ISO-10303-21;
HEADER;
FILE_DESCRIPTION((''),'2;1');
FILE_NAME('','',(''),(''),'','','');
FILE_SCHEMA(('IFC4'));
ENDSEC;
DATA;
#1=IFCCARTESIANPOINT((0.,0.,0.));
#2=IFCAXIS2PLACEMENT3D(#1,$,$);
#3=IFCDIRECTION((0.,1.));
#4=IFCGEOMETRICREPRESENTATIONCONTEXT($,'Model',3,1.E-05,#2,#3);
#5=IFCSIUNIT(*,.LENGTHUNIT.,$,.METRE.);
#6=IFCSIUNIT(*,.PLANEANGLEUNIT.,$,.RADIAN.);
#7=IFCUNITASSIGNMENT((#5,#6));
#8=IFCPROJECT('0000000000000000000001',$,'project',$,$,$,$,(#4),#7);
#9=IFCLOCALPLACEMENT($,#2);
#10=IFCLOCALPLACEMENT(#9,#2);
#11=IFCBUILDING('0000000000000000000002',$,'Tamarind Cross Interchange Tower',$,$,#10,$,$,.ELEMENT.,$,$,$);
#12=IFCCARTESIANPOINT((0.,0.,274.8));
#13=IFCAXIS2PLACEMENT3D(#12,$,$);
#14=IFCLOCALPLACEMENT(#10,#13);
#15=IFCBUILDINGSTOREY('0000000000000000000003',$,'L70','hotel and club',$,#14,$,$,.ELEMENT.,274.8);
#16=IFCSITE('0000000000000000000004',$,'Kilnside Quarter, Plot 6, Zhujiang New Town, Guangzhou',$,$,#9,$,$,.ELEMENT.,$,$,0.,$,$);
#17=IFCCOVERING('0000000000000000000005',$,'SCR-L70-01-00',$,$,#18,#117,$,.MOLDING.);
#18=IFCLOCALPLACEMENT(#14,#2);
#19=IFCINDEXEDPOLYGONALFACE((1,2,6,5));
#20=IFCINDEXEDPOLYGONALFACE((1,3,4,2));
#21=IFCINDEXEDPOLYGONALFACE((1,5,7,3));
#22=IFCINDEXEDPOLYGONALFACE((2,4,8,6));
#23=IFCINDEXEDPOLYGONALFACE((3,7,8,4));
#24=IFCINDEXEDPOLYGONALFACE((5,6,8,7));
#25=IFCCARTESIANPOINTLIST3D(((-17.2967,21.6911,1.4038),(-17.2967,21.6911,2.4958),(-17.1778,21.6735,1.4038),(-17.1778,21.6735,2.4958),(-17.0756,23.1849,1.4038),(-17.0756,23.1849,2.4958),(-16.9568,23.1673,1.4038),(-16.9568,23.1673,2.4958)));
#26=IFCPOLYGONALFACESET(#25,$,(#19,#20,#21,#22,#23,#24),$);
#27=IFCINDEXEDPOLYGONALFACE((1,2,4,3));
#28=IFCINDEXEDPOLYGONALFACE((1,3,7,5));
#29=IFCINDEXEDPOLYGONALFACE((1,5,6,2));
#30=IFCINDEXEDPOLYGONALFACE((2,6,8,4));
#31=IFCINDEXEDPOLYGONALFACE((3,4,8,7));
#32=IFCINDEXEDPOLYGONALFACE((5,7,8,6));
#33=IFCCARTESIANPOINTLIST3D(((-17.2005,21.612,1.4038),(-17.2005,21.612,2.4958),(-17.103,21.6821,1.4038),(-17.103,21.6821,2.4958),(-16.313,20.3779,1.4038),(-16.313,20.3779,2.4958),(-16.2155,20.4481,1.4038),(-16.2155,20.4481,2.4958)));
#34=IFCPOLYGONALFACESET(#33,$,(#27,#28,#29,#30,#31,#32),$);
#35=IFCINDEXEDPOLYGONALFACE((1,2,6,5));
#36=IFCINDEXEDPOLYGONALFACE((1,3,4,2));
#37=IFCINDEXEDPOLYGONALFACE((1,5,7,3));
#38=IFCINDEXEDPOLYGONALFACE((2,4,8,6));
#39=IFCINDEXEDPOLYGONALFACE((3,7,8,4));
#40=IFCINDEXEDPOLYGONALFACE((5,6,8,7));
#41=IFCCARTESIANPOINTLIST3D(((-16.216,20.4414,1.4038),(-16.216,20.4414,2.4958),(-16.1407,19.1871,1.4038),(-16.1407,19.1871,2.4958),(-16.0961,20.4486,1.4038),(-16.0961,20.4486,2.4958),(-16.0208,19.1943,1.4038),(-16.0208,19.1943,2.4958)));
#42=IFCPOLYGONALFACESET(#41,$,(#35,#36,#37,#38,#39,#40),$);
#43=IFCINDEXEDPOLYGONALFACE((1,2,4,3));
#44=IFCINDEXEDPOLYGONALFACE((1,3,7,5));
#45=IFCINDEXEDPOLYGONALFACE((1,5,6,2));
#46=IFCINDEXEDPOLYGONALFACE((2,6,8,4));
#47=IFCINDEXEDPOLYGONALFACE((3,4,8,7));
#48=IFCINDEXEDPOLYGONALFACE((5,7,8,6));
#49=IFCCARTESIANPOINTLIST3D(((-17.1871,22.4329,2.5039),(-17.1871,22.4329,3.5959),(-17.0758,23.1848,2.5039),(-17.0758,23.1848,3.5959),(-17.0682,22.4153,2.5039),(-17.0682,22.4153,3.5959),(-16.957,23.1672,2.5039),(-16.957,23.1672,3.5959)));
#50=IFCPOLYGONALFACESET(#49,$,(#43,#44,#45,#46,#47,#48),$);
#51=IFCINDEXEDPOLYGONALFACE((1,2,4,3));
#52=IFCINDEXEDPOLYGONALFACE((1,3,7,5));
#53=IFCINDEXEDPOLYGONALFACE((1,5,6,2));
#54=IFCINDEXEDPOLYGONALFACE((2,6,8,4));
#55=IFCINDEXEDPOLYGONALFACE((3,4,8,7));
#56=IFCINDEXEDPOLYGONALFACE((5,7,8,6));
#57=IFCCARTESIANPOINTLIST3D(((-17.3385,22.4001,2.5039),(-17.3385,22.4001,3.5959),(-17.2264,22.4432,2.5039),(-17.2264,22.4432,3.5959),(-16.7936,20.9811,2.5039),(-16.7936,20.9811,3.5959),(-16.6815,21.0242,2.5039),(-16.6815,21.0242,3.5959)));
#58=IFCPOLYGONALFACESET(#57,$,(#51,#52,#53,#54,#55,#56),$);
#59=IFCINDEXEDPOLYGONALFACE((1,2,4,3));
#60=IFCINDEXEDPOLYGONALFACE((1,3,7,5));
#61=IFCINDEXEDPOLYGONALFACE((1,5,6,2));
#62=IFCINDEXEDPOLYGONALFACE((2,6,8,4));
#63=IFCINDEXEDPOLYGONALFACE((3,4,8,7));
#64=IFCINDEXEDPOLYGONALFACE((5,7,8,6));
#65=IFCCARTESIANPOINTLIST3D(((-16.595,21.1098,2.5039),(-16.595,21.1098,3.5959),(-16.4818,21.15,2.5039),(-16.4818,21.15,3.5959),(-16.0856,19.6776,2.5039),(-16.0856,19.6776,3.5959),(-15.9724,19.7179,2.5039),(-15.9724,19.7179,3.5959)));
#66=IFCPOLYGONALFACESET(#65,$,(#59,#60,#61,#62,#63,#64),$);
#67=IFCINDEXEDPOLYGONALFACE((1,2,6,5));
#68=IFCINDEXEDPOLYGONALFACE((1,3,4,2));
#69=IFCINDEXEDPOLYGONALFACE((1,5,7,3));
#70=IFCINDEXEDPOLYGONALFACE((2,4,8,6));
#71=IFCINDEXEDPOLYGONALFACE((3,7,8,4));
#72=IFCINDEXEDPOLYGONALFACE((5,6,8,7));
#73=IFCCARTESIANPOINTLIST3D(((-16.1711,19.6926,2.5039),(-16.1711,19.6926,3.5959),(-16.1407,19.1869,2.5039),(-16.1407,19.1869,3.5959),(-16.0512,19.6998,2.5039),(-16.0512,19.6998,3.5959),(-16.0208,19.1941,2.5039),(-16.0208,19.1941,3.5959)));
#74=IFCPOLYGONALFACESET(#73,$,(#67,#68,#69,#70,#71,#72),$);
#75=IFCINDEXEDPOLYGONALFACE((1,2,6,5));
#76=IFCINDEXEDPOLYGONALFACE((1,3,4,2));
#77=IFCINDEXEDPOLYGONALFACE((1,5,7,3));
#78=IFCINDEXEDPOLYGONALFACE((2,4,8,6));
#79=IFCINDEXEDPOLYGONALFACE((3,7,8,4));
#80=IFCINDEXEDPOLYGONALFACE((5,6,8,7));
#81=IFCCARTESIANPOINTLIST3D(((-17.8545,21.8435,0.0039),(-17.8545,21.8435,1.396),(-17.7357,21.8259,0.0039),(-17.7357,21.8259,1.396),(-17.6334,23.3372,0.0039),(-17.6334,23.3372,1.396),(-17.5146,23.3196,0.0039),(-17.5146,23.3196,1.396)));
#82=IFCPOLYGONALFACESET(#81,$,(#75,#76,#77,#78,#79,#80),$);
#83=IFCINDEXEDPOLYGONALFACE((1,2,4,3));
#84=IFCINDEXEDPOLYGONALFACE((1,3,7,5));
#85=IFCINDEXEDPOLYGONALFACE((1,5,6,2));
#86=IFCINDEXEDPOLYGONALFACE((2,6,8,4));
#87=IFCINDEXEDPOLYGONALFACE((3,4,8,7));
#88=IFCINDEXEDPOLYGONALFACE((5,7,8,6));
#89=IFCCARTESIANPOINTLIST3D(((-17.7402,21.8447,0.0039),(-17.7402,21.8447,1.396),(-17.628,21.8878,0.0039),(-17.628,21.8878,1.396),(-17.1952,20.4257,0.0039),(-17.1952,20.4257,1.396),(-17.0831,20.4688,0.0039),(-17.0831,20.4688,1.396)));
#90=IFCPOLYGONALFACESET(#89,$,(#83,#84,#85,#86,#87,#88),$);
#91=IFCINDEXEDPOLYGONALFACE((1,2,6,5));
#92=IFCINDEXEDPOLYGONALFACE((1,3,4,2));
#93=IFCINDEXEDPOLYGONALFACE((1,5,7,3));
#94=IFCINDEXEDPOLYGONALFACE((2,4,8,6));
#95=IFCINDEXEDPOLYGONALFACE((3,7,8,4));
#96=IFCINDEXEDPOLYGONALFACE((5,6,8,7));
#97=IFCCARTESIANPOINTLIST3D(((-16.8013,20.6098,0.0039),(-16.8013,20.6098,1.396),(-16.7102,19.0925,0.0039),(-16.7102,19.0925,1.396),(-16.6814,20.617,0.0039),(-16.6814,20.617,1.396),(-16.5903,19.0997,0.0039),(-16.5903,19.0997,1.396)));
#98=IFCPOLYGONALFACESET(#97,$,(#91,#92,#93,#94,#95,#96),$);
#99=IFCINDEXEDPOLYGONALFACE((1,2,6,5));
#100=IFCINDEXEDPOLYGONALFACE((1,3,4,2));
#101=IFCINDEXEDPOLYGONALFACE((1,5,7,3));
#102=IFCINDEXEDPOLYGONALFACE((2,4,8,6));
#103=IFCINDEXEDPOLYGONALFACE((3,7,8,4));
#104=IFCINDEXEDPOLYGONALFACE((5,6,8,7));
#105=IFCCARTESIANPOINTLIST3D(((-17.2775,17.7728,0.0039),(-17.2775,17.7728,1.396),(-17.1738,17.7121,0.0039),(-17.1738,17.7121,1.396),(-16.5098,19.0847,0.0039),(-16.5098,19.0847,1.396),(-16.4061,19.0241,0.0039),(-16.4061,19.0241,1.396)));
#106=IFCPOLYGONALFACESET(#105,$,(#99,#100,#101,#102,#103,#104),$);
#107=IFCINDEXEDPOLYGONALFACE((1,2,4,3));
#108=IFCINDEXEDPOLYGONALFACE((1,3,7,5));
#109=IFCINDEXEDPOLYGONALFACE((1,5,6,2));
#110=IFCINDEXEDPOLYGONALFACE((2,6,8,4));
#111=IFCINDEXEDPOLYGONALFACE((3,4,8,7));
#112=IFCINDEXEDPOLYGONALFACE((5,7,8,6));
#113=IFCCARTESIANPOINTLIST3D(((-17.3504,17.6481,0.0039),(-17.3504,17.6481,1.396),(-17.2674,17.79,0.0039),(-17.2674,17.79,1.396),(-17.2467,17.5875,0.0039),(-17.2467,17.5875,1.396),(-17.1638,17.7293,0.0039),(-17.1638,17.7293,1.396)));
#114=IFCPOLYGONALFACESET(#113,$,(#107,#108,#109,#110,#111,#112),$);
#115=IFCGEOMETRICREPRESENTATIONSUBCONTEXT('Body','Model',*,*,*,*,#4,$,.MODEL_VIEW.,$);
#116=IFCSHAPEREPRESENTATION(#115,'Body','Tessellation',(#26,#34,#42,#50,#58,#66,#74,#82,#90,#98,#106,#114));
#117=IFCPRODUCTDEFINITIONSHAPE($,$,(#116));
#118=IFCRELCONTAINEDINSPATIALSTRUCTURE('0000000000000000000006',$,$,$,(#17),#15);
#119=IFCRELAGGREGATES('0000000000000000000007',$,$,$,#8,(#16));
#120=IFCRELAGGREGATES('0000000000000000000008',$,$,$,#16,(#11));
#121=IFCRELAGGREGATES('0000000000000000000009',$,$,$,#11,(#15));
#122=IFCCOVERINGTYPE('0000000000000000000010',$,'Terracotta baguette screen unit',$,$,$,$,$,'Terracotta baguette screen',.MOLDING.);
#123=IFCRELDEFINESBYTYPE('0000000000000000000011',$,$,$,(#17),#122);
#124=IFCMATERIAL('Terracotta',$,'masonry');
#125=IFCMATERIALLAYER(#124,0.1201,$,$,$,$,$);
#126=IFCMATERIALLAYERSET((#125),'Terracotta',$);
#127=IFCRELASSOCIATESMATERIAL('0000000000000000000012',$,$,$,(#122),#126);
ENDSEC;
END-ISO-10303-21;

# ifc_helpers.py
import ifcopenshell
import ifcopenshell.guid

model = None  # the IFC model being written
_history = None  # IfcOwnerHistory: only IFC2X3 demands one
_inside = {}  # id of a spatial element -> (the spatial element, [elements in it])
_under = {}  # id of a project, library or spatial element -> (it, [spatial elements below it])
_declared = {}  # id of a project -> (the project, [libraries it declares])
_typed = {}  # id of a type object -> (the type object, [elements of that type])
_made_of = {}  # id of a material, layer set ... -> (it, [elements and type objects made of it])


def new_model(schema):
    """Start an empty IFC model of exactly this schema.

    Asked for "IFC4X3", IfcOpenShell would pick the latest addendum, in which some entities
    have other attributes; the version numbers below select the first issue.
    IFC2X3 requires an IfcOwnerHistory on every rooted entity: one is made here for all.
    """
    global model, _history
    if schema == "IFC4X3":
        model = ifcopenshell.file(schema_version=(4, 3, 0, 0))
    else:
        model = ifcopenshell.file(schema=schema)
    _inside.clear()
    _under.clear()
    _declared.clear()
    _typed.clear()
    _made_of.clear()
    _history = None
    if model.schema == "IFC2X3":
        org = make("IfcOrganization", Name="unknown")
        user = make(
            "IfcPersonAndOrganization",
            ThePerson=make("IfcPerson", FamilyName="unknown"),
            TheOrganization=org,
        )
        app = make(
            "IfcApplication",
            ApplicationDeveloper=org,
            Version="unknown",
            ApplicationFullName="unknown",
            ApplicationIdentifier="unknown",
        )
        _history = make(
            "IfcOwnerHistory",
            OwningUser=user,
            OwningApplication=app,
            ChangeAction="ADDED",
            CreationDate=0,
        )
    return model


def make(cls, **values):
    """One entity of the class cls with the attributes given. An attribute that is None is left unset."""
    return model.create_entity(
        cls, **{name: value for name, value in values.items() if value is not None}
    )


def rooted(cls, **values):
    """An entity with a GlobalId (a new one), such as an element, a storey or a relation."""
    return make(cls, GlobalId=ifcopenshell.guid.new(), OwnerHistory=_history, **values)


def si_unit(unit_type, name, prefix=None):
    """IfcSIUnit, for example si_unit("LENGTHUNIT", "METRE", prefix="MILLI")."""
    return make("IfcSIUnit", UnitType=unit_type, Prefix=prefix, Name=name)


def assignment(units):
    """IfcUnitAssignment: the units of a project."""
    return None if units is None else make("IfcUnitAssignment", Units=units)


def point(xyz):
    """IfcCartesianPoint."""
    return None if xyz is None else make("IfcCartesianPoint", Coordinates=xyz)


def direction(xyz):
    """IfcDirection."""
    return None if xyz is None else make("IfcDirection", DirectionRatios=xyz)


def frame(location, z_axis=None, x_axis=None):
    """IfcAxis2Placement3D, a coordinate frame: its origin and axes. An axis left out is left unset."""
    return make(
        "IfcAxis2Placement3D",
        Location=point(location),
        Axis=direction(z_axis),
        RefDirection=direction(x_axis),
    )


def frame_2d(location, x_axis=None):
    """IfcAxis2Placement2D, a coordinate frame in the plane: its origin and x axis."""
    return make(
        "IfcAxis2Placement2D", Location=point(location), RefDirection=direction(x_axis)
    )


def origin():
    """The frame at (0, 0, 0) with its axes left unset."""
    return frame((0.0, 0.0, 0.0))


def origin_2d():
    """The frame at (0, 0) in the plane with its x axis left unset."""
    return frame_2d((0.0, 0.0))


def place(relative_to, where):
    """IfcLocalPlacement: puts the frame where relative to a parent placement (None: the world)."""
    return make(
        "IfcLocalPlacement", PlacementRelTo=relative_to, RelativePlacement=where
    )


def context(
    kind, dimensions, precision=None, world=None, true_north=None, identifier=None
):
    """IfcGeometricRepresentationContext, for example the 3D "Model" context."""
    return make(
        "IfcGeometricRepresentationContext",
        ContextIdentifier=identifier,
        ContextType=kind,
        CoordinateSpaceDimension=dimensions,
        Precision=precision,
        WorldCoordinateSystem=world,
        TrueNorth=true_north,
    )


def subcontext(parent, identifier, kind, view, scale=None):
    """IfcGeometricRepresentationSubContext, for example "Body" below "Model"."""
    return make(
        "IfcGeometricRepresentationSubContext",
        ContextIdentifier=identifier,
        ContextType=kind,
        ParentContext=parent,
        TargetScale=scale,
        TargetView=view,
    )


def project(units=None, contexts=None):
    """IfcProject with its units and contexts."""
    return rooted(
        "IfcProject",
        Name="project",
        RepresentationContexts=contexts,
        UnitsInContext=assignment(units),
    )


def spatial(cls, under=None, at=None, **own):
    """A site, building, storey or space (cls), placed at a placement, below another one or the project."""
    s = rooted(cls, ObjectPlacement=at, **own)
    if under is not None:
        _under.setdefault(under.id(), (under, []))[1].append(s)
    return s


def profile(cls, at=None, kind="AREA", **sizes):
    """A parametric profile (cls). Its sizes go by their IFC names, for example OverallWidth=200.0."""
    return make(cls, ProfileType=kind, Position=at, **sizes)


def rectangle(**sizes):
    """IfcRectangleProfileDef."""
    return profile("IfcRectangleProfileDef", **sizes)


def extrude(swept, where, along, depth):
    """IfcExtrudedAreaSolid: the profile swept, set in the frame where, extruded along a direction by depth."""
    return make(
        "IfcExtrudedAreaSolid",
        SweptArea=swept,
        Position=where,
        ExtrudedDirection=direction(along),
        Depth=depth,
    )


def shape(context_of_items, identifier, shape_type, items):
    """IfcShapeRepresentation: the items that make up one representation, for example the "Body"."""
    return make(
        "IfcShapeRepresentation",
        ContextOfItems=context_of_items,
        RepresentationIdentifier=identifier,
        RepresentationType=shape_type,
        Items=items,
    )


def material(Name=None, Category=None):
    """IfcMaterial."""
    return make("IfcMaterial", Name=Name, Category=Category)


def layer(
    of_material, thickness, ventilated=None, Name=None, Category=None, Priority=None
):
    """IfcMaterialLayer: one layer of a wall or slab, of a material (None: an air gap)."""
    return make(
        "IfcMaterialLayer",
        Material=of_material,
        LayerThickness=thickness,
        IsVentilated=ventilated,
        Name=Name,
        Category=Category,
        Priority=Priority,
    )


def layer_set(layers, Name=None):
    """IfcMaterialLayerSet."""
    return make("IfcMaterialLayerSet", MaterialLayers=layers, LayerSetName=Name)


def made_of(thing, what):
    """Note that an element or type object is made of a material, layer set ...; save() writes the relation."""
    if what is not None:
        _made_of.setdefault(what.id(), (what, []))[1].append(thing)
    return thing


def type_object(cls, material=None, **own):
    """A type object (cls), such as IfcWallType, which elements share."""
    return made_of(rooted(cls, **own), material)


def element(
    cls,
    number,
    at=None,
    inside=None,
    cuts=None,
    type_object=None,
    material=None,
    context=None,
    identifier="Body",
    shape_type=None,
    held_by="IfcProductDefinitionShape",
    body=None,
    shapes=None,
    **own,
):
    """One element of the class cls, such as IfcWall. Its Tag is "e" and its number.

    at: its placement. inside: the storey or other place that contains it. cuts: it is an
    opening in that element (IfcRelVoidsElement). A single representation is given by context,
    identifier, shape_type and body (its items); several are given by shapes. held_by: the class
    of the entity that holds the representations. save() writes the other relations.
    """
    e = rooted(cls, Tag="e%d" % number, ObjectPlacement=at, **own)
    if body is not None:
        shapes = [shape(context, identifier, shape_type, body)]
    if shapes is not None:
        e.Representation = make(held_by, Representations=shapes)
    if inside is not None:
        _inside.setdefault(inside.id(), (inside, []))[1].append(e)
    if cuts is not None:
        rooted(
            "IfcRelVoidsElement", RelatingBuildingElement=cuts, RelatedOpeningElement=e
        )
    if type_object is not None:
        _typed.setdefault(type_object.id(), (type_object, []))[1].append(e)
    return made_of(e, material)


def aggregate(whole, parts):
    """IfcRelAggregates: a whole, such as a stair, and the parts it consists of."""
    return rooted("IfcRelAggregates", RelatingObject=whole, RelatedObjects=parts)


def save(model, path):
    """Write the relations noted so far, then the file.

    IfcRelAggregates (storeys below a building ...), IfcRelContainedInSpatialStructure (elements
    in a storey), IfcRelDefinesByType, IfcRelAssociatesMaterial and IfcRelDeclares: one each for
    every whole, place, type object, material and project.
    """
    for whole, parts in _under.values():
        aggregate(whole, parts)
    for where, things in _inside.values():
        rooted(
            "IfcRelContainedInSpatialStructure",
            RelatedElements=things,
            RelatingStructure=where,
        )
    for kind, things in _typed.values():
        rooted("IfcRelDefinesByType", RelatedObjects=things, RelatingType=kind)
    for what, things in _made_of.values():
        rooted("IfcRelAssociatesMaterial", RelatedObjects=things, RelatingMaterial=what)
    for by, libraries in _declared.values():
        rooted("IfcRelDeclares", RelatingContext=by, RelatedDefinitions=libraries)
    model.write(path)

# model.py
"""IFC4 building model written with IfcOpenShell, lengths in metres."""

from ifc_helpers import new_model, si_unit, direction, frame, origin, origin_2d, place, context, subcontext, project, spatial, rectangle, extrude, material, layer, layer_set, type_object, element, save


model = new_model("IFC4")

# Units and contexts
model_context = context("Model", 3, precision=1e-05, world=origin(), true_north=direction((0.0, 1.0)))
body_context = subcontext(model_context, "Body", "Model", "MODEL_VIEW")
ifc_project = project(units=[si_unit("LENGTHUNIT", "METRE"), si_unit("PLANEANGLEUNIT", "RADIAN")], contexts=[model_context])

# Site, building, storey
site_placement = place(None, origin())
site = spatial("IfcSite", under=ifc_project, at=site_placement, Name="Kilnside Quarter, Plot 6, Zhujiang New Town, Guangzhou", CompositionType="ELEMENT", RefElevation=0.0)
building_placement = place(site_placement, origin())
building = spatial("IfcBuilding", under=site, at=building_placement, Name="Tamarind Cross Interchange Tower", CompositionType="ELEMENT")
storey_placement = place(building_placement, frame((0.0, 0.0, 274.8)))
storey = spatial("IfcBuildingStorey", under=building, at=storey_placement, Name="L70", Description="hotel and club", CompositionType="ELEMENT", Elevation=274.8)

# Covering
ifc_material_1 = material(Name="Terracotta", Category="masonry")
ifc_layer_1 = layer(ifc_material_1, 0.1201)
ifc_layer_set_1 = layer_set([ifc_layer_1], Name="Terracotta")
covering_type = type_object("IfcCoveringType", Name="Terracotta baguette screen unit", ElementType="Terracotta baguette screen", PredefinedType="MOLDING", material=ifc_layer_set_1)
covering_placement = place(storey_placement, origin())
element("IfcCovering", 1, at=covering_placement, inside=storey, type_object=covering_type, Name="SCR-L70-01-00", PredefinedType="MOLDING", context=body_context, shape_type="SweptSolid", body=[
    extrude(rectangle(XDim=1.51, YDim=0.1201, at=origin_2d()), frame((-17.1267, 22.4292, 1.4038), z_axis=(0.0, 0.0, 1.0), x_axis=(-0.14641, -0.989224, 0.0)), (0.0, 0.0, 1.0), 1.092),
    extrude(rectangle(XDim=1.52, YDim=0.1201, at=origin_2d()), frame((-16.708, 21.03, 1.4038), z_axis=(0.0, 0.0, 1.0), x_axis=(0.583862, -0.811853, 0.0)), (0.0, 0.0, 1.0), 1.092),
    extrude(rectangle(XDim=1.2566, YDim=0.1201, at=origin_2d()), frame((-16.1184, 19.8179, 1.4038), z_axis=(0.0, 0.0, 1.0), x_axis=(0.059892, -0.998205, 0.0)), (0.0, 0.0, 1.0), 1.092),
    extrude(rectangle(XDim=0.76, YDim=0.1201, at=origin_2d()), frame((-17.072, 22.8, 2.5039), z_axis=(0.0, 0.0, 1.0), x_axis=(-0.14641, -0.989224, 0.0)), (0.0, 0.0, 1.0), 1.092),
    extrude(rectangle(XDim=1.52, YDim=0.1201, at=origin_2d()), frame((-17.01, 21.7122, 2.5039), z_axis=(0.0, 0.0, 1.0), x_axis=(0.358511, -0.933525, 0.0)), (0.0, 0.0, 1.0), 1.092),
    extrude(rectangle(XDim=1.52, YDim=0.1201, at=origin_2d()), frame((-16.2837, 20.4138, 2.5039), z_axis=(0.0, 0.0, 1.0), x_axis=(0.335092, -0.942185, 0.0)), (0.0, 0.0, 1.0), 1.092),
    extrude(rectangle(XDim=0.5066, YDim=0.1201, at=origin_2d()), frame((-16.0959, 19.4434, 2.5039), z_axis=(0.0, 0.0, 1.0), x_axis=(0.059892, -0.998205, 0.0)), (0.0, 0.0, 1.0), 1.092),
    extrude(rectangle(XDim=1.51, YDim=0.1201, at=origin_2d()), frame((-17.6846, 22.5815, 0.0039), z_axis=(0.0, 0.0, 1.0), x_axis=(-0.14641, -0.989224, 0.0)), (0.0, 0.0, 1.0), 1.3921),
    extrude(rectangle(XDim=1.52, YDim=0.1201, at=origin_2d()), frame((-17.4116, 21.1567, 0.0039), z_axis=(0.0, 0.0, 1.0), x_axis=(0.358511, -0.933525, 0.0)), (0.0, 0.0, 1.0), 1.3921),
    extrude(rectangle(XDim=1.52, YDim=0.1201, at=origin_2d()), frame((-16.6958, 19.8547, 0.0039), z_axis=(0.0, 0.0, 1.0), x_axis=(0.059892, -0.998205, 0.0)), (0.0, 0.0, 1.0), 1.3921),
    extrude(rectangle(XDim=1.52, YDim=0.1201, at=origin_2d()), frame((-16.8418, 18.3984, 0.0039), z_axis=(0.0, 0.0, 1.0), x_axis=(-0.50504, -0.863096, 0.0)), (0.0, 0.0, 1.0), 1.3921),
    extrude(rectangle(XDim=0.1643, YDim=0.1201, at=origin_2d()), frame((-17.2571, 17.6887, 0.0039), z_axis=(0.0, 0.0, 1.0), x_axis=(-0.50504, -0.863096, 0.0)), (0.0, 0.0, 1.0), 1.3921),
])

save(model, "model.ifc")
